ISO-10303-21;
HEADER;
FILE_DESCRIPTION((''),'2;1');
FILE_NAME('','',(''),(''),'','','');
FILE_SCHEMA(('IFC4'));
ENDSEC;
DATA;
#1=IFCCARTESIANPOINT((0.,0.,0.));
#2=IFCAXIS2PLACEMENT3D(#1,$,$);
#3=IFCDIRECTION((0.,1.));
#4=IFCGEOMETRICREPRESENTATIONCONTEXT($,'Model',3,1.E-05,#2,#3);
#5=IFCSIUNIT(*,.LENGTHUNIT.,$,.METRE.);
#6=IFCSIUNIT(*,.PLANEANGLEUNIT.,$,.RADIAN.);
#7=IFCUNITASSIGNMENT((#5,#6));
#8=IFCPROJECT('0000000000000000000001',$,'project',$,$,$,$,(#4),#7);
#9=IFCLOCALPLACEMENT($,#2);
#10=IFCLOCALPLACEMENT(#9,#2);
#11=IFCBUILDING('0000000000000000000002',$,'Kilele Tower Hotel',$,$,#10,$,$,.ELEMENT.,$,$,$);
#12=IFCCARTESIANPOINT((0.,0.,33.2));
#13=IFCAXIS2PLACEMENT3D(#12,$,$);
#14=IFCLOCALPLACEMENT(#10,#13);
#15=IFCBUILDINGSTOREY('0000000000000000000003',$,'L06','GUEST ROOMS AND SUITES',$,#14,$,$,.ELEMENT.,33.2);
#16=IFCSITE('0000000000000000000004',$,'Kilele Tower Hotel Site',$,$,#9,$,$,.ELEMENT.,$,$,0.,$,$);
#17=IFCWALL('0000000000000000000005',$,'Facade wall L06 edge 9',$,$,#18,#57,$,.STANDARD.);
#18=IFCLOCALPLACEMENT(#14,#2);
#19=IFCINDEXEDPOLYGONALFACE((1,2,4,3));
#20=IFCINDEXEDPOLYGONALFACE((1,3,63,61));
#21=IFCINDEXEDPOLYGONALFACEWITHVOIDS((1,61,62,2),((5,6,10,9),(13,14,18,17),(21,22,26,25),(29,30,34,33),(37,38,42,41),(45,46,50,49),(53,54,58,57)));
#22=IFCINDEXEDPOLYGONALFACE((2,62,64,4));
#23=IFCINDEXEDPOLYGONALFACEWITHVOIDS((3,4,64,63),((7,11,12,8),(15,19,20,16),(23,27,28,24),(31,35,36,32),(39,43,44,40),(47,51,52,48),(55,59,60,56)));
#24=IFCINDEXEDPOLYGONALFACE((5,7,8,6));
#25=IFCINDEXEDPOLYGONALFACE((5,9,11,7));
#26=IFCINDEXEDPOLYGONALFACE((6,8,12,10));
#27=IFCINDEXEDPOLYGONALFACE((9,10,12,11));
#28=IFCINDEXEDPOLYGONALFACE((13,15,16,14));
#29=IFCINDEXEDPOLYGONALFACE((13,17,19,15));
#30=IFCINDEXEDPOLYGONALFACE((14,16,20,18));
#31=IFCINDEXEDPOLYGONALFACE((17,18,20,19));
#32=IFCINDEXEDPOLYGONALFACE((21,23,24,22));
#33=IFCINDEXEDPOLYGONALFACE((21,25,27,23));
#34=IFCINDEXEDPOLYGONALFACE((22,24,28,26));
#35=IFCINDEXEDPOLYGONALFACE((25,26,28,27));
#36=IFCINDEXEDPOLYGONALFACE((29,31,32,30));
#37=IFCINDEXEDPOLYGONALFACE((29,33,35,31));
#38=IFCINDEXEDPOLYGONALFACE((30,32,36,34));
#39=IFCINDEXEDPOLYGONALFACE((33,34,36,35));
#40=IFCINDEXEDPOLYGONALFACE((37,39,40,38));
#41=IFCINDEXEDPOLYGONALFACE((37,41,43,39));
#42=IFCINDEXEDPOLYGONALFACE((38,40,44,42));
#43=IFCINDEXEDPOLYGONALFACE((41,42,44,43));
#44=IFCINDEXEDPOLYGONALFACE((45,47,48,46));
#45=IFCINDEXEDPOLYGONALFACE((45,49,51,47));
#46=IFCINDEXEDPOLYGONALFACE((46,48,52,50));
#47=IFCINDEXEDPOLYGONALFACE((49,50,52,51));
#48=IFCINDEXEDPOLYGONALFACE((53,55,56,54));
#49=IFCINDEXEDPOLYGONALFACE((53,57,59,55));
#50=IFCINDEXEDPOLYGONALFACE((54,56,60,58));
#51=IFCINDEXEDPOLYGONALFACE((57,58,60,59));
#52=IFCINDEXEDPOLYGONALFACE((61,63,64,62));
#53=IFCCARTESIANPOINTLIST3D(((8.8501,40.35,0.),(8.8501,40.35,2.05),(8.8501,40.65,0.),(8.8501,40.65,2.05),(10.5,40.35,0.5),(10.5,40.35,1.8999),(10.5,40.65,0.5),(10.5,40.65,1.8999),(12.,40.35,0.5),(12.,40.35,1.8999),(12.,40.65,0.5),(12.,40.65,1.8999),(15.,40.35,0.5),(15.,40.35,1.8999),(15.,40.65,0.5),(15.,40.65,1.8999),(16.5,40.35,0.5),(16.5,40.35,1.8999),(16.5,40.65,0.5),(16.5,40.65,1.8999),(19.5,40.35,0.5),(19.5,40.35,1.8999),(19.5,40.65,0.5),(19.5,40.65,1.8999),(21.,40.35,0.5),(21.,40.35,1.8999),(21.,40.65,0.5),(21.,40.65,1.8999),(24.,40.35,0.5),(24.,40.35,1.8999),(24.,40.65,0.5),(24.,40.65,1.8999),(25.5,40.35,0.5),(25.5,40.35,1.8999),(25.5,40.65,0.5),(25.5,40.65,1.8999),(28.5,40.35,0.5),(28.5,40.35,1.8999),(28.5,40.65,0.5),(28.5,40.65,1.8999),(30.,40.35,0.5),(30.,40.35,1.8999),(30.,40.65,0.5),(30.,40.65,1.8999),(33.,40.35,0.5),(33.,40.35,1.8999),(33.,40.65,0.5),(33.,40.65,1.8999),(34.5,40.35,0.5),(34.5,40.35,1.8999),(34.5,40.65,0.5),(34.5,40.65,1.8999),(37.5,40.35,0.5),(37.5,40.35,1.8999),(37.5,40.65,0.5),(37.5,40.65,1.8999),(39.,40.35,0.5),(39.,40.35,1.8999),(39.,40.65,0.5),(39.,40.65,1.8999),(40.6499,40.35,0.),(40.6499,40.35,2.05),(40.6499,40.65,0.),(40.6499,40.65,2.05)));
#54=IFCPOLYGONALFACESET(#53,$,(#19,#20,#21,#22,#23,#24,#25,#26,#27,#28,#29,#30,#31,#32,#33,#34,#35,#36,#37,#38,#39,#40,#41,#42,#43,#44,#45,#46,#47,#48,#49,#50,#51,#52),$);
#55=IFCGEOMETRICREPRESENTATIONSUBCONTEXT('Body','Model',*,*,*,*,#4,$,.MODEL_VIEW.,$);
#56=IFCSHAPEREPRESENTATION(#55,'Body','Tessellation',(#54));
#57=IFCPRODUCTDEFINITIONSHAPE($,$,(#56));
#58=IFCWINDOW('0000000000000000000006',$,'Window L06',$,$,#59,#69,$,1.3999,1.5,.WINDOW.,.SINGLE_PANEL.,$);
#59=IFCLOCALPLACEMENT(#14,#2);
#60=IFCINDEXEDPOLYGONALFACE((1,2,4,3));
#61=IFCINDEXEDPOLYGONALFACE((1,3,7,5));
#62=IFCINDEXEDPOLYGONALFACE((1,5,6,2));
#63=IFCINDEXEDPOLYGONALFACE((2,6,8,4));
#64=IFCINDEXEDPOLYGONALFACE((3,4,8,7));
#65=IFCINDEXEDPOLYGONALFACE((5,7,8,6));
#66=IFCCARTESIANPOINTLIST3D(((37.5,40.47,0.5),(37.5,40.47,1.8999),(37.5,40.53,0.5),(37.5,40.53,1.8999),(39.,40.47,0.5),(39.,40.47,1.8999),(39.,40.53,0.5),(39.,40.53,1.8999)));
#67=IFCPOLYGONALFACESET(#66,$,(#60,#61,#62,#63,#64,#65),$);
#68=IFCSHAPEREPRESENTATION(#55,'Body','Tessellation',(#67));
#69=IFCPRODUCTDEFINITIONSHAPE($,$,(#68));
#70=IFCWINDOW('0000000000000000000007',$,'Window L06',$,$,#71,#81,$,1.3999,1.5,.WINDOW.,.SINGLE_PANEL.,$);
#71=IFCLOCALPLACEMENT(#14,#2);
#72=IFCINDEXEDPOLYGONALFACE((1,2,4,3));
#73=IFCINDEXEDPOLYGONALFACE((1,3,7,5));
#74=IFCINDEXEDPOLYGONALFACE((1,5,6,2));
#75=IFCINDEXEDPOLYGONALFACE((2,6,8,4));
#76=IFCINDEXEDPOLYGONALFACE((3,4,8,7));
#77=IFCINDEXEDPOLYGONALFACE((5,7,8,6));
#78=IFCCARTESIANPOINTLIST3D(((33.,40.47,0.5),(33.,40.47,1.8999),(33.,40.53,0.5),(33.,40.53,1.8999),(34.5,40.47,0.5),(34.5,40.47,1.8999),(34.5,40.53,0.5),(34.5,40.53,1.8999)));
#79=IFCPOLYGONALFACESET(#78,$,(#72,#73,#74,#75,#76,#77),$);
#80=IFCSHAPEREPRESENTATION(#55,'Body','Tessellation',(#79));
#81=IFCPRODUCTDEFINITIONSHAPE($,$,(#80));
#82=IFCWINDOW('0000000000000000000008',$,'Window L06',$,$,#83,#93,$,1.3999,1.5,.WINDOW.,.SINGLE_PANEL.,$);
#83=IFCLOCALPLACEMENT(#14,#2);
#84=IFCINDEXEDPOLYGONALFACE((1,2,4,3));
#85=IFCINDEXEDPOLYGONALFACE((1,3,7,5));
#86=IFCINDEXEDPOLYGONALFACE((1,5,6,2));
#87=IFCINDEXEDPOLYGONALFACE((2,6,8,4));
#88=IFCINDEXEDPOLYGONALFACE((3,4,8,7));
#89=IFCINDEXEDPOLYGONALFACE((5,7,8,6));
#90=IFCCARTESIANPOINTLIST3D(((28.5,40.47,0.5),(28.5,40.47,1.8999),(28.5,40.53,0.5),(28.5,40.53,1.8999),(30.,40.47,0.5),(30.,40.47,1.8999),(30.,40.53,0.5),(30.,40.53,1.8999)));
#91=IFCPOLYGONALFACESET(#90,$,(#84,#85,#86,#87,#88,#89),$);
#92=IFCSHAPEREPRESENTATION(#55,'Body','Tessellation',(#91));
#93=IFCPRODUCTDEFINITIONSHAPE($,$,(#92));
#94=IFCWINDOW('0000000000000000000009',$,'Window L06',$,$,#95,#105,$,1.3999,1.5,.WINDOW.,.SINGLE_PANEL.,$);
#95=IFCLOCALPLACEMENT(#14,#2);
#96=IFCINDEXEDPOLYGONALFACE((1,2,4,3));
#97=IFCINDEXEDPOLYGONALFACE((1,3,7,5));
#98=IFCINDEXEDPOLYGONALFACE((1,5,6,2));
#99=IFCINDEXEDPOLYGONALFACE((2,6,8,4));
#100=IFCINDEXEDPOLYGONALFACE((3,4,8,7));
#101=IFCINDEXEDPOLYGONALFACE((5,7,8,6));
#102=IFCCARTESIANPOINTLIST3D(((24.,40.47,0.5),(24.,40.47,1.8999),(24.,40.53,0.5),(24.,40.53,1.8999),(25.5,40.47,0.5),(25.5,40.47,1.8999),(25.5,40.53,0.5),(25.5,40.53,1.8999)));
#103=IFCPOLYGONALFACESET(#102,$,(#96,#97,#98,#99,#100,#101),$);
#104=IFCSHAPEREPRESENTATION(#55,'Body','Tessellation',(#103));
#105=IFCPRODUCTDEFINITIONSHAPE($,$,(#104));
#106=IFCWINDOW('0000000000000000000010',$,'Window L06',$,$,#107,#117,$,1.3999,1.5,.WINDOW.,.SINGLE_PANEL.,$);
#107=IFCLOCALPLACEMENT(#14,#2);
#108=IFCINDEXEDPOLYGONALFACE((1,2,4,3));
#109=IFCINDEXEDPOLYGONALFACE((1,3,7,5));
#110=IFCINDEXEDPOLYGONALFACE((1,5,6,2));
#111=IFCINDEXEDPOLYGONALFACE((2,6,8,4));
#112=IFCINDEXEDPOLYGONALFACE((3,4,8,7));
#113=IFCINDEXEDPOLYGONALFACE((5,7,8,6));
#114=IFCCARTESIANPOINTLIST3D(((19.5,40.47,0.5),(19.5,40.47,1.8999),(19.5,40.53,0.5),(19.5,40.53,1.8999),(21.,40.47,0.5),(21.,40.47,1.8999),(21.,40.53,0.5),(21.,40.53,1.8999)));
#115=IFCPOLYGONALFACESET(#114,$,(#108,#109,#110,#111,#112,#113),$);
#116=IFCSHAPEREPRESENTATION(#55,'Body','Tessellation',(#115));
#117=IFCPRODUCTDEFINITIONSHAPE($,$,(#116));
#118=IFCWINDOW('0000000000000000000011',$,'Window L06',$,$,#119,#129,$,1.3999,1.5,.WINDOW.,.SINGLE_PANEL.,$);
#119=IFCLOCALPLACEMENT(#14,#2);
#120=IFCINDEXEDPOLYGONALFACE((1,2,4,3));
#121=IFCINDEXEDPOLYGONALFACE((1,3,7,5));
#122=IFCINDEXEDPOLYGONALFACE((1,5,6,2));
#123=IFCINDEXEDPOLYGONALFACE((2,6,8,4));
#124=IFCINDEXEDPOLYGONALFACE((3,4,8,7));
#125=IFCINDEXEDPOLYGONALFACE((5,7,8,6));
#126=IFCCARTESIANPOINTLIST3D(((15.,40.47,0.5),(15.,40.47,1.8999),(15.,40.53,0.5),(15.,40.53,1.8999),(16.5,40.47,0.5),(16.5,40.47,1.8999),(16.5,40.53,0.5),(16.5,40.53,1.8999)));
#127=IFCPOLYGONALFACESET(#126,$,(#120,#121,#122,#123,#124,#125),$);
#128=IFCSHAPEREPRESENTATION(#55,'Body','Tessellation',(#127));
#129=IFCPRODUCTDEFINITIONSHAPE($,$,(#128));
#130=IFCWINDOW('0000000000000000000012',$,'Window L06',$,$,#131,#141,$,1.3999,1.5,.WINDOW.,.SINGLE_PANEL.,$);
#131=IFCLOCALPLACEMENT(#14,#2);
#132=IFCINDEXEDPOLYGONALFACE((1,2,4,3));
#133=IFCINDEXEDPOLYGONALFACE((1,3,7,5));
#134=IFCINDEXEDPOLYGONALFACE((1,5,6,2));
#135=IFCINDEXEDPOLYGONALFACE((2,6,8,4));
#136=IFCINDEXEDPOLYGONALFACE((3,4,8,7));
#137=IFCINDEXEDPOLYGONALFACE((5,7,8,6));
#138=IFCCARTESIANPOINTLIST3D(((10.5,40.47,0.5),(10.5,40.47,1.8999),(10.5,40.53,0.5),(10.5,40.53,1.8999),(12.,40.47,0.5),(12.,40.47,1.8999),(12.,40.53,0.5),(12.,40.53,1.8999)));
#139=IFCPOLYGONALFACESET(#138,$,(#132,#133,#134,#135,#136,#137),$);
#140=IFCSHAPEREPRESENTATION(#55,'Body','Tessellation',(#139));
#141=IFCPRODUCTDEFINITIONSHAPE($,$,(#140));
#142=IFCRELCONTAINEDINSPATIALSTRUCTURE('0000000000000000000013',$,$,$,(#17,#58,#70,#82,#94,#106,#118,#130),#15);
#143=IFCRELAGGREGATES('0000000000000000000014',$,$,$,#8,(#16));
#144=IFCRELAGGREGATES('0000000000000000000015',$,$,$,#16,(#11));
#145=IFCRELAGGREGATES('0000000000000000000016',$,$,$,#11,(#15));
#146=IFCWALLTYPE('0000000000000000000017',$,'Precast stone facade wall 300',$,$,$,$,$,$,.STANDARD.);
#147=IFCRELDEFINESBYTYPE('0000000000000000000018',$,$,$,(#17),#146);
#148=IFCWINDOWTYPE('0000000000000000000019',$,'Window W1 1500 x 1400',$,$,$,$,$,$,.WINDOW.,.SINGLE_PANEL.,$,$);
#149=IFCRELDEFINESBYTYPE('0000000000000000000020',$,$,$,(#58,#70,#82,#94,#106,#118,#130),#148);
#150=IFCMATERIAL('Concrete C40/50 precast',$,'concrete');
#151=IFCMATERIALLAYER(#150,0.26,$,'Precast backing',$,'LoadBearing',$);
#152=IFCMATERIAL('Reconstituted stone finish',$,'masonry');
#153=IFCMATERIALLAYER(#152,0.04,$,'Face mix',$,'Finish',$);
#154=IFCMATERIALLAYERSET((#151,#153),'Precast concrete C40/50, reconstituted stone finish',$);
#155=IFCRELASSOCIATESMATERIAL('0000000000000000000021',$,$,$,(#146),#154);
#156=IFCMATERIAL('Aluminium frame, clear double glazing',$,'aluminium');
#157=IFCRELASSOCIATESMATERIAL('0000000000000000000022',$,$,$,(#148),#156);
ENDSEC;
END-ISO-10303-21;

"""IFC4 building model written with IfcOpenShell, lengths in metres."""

from ifc_helpers import new_model, si_unit, direction, frame, frame_2d, origin, place, context, subcontext, project, spatial, rectangle, extrude, material, layer, layer_set, type_object, element, fill, save


model = new_model("IFC4")

# Units and contexts
model_context = context("Model", 3, precision=1e-05, world=origin(), true_north=direction((0.0, 1.0)))
body_context = subcontext(model_context, "Body", "Model", "MODEL_VIEW")
ifc_project = project(units=[si_unit("LENGTHUNIT", "METRE"), si_unit("PLANEANGLEUNIT", "RADIAN")], contexts=[model_context])

# Site, building, storey
site_placement = place(None, origin())
site = spatial("IfcSite", under=ifc_project, at=site_placement, Name="Kilele Tower Hotel Site", CompositionType="ELEMENT", RefElevation=0.0)
building_placement = place(site_placement, origin())
building = spatial("IfcBuilding", under=site, at=building_placement, Name="Kilele Tower Hotel", CompositionType="ELEMENT")
storey_placement = place(building_placement, frame((0.0, 0.0, 33.2)))
storey = spatial("IfcBuildingStorey", under=building, at=storey_placement, Name="L06", Description="GUEST ROOMS AND SUITES", CompositionType="ELEMENT", Elevation=33.2)

# Shared definitions
ifc_material_1 = material(Name="Concrete C40/50 precast", Category="concrete")
ifc_layer_1 = layer(ifc_material_1, 0.26, Name="Precast backing", Category="LoadBearing")
ifc_material_2 = material(Name="Reconstituted stone finish", Category="masonry")
ifc_layer_2 = layer(ifc_material_2, 0.04, Name="Face mix", Category="Finish")
ifc_layer_set_1 = layer_set([ifc_layer_1, ifc_layer_2], Name="Precast concrete C40/50, reconstituted stone finish")
wall_type_1 = type_object("IfcWallType", Name="Precast stone facade wall 300", PredefinedType="STANDARD", material=ifc_layer_set_1)
ifc_material_3 = material(Name="Aluminium frame, clear double glazing", Category="aluminium")
window_type_1 = type_object("IfcWindowType", Name="Window W1 1500 x 1400", PartitioningType="SINGLE_PANEL", PredefinedType="WINDOW", material=ifc_material_3)

# Wall, openings, windows
wall_1_placement = place(storey_placement, frame((40.6499, 40.5, 0.0), z_axis=(0.0, 0.0, 1.0), x_axis=(-1.0, 0.0, 0.0)))
wall_1 = element("IfcWall", 1, at=wall_1_placement, inside=storey, type_object=wall_type_1, Name="Facade wall L06 edge 9", PredefinedType="STANDARD", context=body_context, shape_type="SweptSolid", body=[
    extrude(rectangle(XDim=31.7998, YDim=0.3, at=frame_2d((15.8999, 0.0))), origin(), (0.0, 0.0, 1.0), 2.05),
])
opening_1_placement = place(wall_1_placement, frame((1.6499, 0.0, 0.5)))
opening_1 = element("IfcOpeningElement", 2, at=opening_1_placement, cuts=wall_1, PredefinedType="OPENING", context=body_context, shape_type="SweptSolid", body=[
    extrude(rectangle(XDim=1.5, YDim=1.3999, at=frame_2d((0.75, 0.7))), frame((0.0, 0.1599, 0.0), z_axis=(0.0, -1.0, 0.0), x_axis=(1.0, 0.0, 0.0)), (0.0, 0.0, 1.0), 0.3201),
])
opening_2_placement = place(wall_1_placement, frame((6.1499, 0.0, 0.5)))
opening_2 = element("IfcOpeningElement", 3, at=opening_2_placement, cuts=wall_1, PredefinedType="OPENING", context=body_context, shape_type="SweptSolid", body=[
    extrude(rectangle(XDim=1.5, YDim=1.3999, at=frame_2d((0.75, 0.7))), frame((0.0, 0.1599, 0.0), z_axis=(0.0, -1.0, 0.0), x_axis=(1.0, 0.0, 0.0)), (0.0, 0.0, 1.0), 0.3201),
])
opening_3_placement = place(wall_1_placement, frame((10.6499, 0.0, 0.5)))
opening_3 = element("IfcOpeningElement", 4, at=opening_3_placement, cuts=wall_1, PredefinedType="OPENING", context=body_context, shape_type="SweptSolid", body=[
    extrude(rectangle(XDim=1.5, YDim=1.3999, at=frame_2d((0.75, 0.7))), frame((0.0, 0.1599, 0.0), z_axis=(0.0, -1.0, 0.0), x_axis=(1.0, 0.0, 0.0)), (0.0, 0.0, 1.0), 0.3201),
])
opening_4_placement = place(wall_1_placement, frame((15.1499, 0.0, 0.5)))
opening_4 = element("IfcOpeningElement", 5, at=opening_4_placement, cuts=wall_1, PredefinedType="OPENING", context=body_context, shape_type="SweptSolid", body=[
    extrude(rectangle(XDim=1.5, YDim=1.3999, at=frame_2d((0.75, 0.7))), frame((0.0, 0.1599, 0.0), z_axis=(0.0, -1.0, 0.0), x_axis=(1.0, 0.0, 0.0)), (0.0, 0.0, 1.0), 0.3201),
])
opening_5_placement = place(wall_1_placement, frame((19.6499, 0.0, 0.5)))
opening_5 = element("IfcOpeningElement", 6, at=opening_5_placement, cuts=wall_1, PredefinedType="OPENING", context=body_context, shape_type="SweptSolid", body=[
    extrude(rectangle(XDim=1.5, YDim=1.3999, at=frame_2d((0.75, 0.7))), frame((0.0, 0.1599, 0.0), z_axis=(0.0, -1.0, 0.0), x_axis=(1.0, 0.0, 0.0)), (0.0, 0.0, 1.0), 0.3201),
])
opening_6_placement = place(wall_1_placement, frame((24.1499, 0.0, 0.5)))
opening_6 = element("IfcOpeningElement", 7, at=opening_6_placement, cuts=wall_1, PredefinedType="OPENING", context=body_context, shape_type="SweptSolid", body=[
    extrude(rectangle(XDim=1.5, YDim=1.3999, at=frame_2d((0.75, 0.7))), frame((0.0, 0.1599, 0.0), z_axis=(0.0, -1.0, 0.0), x_axis=(1.0, 0.0, 0.0)), (0.0, 0.0, 1.0), 0.3201),
])
opening_7_placement = place(wall_1_placement, frame((28.6499, 0.0, 0.5)))
opening_7 = element("IfcOpeningElement", 8, at=opening_7_placement, cuts=wall_1, PredefinedType="OPENING", context=body_context, shape_type="SweptSolid", body=[
    extrude(rectangle(XDim=1.5, YDim=1.3999, at=frame_2d((0.75, 0.7))), frame((0.0, 0.1599, 0.0), z_axis=(0.0, -1.0, 0.0), x_axis=(1.0, 0.0, 0.0)), (0.0, 0.0, 1.0), 0.3201),
])
window_1_placement = place(opening_1_placement, origin())
window_1 = element("IfcWindow", 9, at=window_1_placement, inside=storey, type_object=window_type_1, Name="Window L06", OverallHeight=1.3999, OverallWidth=1.5, PartitioningType="SINGLE_PANEL", PredefinedType="WINDOW", context=body_context, shape_type="SweptSolid", body=[
    extrude(rectangle(XDim=1.5, YDim=1.3999, at=frame_2d((0.75, 0.7))), frame((0.0, 0.03, 0.0), z_axis=(0.0, -1.0, 0.0), x_axis=(1.0, 0.0, 0.0)), (0.0, 0.0, 1.0), 0.0601),
])
fill(opening_1, window_1)
window_2_placement = place(opening_2_placement, origin())
window_2 = element("IfcWindow", 10, at=window_2_placement, inside=storey, type_object=window_type_1, Name="Window L06", OverallHeight=1.3999, OverallWidth=1.5, PartitioningType="SINGLE_PANEL", PredefinedType="WINDOW", context=body_context, shape_type="SweptSolid", body=[
    extrude(rectangle(XDim=1.5, YDim=1.3999, at=frame_2d((0.75, 0.7))), frame((0.0, 0.03, 0.0), z_axis=(0.0, -1.0, 0.0), x_axis=(1.0, 0.0, 0.0)), (0.0, 0.0, 1.0), 0.0601),
])
fill(opening_2, window_2)
window_3_placement = place(opening_3_placement, origin())
window_3 = element("IfcWindow", 11, at=window_3_placement, inside=storey, type_object=window_type_1, Name="Window L06", OverallHeight=1.3999, OverallWidth=1.5, PartitioningType="SINGLE_PANEL", PredefinedType="WINDOW", context=body_context, shape_type="SweptSolid", body=[
    extrude(rectangle(XDim=1.5, YDim=1.3999, at=frame_2d((0.75, 0.7))), frame((0.0, 0.03, 0.0), z_axis=(0.0, -1.0, 0.0), x_axis=(1.0, 0.0, 0.0)), (0.0, 0.0, 1.0), 0.0601),
])
fill(opening_3, window_3)
window_4_placement = place(opening_4_placement, origin())
window_4 = element("IfcWindow", 12, at=window_4_placement, inside=storey, type_object=window_type_1, Name="Window L06", OverallHeight=1.3999, OverallWidth=1.5, PartitioningType="SINGLE_PANEL", PredefinedType="WINDOW", context=body_context, shape_type="SweptSolid", body=[
    extrude(rectangle(XDim=1.5, YDim=1.3999, at=frame_2d((0.75, 0.7))), frame((0.0, 0.03, 0.0), z_axis=(0.0, -1.0, 0.0), x_axis=(1.0, 0.0, 0.0)), (0.0, 0.0, 1.0), 0.0601),
])
fill(opening_4, window_4)
window_5_placement = place(opening_5_placement, origin())
window_5 = element("IfcWindow", 13, at=window_5_placement, inside=storey, type_object=window_type_1, Name="Window L06", OverallHeight=1.3999, OverallWidth=1.5, PartitioningType="SINGLE_PANEL", PredefinedType="WINDOW", context=body_context, shape_type="SweptSolid", body=[
    extrude(rectangle(XDim=1.5, YDim=1.3999, at=frame_2d((0.75, 0.7))), frame((0.0, 0.03, 0.0), z_axis=(0.0, -1.0, 0.0), x_axis=(1.0, 0.0, 0.0)), (0.0, 0.0, 1.0), 0.0601),
])
fill(opening_5, window_5)
window_6_placement = place(opening_6_placement, origin())
window_6 = element("IfcWindow", 14, at=window_6_placement, inside=storey, type_object=window_type_1, Name="Window L06", OverallHeight=1.3999, OverallWidth=1.5, PartitioningType="SINGLE_PANEL", PredefinedType="WINDOW", context=body_context, shape_type="SweptSolid", body=[
    extrude(rectangle(XDim=1.5, YDim=1.3999, at=frame_2d((0.75, 0.7))), frame((0.0, 0.03, 0.0), z_axis=(0.0, -1.0, 0.0), x_axis=(1.0, 0.0, 0.0)), (0.0, 0.0, 1.0), 0.0601),
])
fill(opening_6, window_6)
window_7_placement = place(opening_7_placement, origin())
window_7 = element("IfcWindow", 15, at=window_7_placement, inside=storey, type_object=window_type_1, Name="Window L06", OverallHeight=1.3999, OverallWidth=1.5, PartitioningType="SINGLE_PANEL", PredefinedType="WINDOW", context=body_context, shape_type="SweptSolid", body=[
    extrude(rectangle(XDim=1.5, YDim=1.3999, at=frame_2d((0.75, 0.7))), frame((0.0, 0.03, 0.0), z_axis=(0.0, -1.0, 0.0), x_axis=(1.0, 0.0, 0.0)), (0.0, 0.0, 1.0), 0.0601),
])
fill(opening_7, window_7)

save(model, "model.ifc")
